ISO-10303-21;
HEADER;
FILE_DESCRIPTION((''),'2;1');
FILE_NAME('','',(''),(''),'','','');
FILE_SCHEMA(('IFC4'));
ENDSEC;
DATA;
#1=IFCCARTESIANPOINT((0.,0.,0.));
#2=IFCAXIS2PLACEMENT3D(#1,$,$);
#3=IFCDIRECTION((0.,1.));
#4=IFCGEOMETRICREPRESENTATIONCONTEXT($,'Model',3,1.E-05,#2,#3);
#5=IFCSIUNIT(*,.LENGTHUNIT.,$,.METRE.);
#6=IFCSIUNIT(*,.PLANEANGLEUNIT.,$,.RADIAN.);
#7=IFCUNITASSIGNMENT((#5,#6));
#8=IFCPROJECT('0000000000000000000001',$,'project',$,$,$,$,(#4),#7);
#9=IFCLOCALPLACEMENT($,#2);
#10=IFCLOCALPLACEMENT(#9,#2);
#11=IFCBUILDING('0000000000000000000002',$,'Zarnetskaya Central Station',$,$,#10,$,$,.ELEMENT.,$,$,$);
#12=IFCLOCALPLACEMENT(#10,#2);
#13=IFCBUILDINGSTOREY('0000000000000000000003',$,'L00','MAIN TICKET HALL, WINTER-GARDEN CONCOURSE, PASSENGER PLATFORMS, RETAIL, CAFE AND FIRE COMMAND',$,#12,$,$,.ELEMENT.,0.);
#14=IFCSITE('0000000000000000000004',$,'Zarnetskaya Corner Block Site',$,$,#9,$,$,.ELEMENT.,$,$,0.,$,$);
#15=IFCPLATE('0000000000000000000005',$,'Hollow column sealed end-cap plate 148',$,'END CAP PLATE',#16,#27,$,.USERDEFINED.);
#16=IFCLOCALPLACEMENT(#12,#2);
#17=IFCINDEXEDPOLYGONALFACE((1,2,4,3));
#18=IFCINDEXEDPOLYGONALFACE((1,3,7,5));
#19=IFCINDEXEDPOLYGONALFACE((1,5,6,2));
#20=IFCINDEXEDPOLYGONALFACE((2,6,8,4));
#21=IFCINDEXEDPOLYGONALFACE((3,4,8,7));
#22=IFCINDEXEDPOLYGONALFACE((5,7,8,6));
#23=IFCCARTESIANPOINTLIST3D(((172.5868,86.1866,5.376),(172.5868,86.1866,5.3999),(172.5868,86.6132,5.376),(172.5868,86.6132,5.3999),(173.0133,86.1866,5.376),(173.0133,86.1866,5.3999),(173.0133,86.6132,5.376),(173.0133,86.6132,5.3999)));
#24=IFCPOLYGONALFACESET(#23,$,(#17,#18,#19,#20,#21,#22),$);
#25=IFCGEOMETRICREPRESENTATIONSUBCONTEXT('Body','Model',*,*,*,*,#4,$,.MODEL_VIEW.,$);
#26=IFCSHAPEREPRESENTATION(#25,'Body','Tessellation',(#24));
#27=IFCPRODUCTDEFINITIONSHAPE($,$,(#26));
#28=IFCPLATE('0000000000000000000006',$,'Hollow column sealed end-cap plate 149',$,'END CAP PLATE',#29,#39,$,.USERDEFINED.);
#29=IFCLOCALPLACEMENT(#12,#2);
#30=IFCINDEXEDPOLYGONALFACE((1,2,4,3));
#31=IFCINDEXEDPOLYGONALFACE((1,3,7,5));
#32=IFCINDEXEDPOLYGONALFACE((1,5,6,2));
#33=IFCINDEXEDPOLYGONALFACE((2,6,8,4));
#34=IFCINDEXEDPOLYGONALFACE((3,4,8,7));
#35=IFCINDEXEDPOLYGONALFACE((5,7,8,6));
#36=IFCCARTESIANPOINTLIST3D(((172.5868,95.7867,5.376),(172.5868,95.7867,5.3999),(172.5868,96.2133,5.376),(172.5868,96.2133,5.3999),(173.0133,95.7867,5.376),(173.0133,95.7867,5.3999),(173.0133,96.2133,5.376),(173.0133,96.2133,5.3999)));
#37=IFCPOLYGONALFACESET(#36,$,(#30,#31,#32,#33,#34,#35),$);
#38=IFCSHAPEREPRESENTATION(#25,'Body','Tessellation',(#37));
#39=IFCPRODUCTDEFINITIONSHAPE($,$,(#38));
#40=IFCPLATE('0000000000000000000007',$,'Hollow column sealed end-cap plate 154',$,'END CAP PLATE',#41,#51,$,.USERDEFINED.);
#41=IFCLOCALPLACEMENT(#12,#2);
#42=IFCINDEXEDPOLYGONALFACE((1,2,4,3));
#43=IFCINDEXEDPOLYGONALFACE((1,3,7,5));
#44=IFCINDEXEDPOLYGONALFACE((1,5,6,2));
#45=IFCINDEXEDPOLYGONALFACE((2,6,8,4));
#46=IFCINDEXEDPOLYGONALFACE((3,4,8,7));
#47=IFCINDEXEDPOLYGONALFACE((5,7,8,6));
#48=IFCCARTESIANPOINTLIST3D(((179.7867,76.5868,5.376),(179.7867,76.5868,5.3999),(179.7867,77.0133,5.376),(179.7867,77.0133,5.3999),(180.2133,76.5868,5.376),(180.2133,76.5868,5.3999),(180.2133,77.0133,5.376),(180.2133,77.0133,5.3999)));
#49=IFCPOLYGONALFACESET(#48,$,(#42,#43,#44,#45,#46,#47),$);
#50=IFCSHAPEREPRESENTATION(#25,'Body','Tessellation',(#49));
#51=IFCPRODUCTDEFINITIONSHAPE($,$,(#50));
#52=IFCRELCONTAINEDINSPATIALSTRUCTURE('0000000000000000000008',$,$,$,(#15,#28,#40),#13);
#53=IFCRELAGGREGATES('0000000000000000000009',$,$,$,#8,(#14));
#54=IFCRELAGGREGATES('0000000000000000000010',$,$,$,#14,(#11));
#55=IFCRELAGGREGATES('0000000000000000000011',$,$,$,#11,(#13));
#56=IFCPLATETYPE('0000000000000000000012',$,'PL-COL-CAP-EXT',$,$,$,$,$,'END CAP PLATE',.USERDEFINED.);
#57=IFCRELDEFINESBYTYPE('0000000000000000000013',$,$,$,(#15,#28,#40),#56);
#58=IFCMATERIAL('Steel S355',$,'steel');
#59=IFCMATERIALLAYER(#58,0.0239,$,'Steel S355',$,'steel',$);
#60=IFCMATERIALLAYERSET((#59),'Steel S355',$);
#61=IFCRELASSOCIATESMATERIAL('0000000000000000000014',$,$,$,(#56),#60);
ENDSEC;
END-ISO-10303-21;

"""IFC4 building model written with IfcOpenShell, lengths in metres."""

from ifc_helpers import new_model, si_unit, direction, frame, origin, origin_2d, place, context, subcontext, project, spatial, rectangle, extrude, material, layer, layer_set, type_object, element, save


model = new_model("IFC4")

# Units and contexts
model_context = context("Model", 3, precision=1e-05, world=origin(), true_north=direction((0.0, 1.0)))
body_context = subcontext(model_context, "Body", "Model", "MODEL_VIEW")
ifc_project = project(units=[si_unit("LENGTHUNIT", "METRE"), si_unit("PLANEANGLEUNIT", "RADIAN")], contexts=[model_context])

# Site, building, storey
site_placement = place(None, origin())
site = spatial("IfcSite", under=ifc_project, at=site_placement, Name="Zarnetskaya Corner Block Site", CompositionType="ELEMENT", RefElevation=0.0)
building_placement = place(site_placement, origin())
building = spatial("IfcBuilding", under=site, at=building_placement, Name="Zarnetskaya Central Station", CompositionType="ELEMENT")
storey_placement = place(building_placement, origin())
storey = spatial("IfcBuildingStorey", under=building, at=storey_placement, Name="L00", Description="MAIN TICKET HALL, WINTER-GARDEN CONCOURSE, PASSENGER PLATFORMS, RETAIL, CAFE AND FIRE COMMAND", CompositionType="ELEMENT", Elevation=0.0)

# Shared definitions
ifc_material = material(Name="Steel S355", Category="steel")

# Plates
ifc_layer = layer(ifc_material, 0.0239, Name="Steel S355", Category="steel")
ifc_layer_set = layer_set([ifc_layer], Name="Steel S355")
plate_type = type_object("IfcPlateType", Name="PL-COL-CAP-EXT", ElementType="END CAP PLATE", PredefinedType="USERDEFINED", material=ifc_layer_set)
for number, where, z_axis, x_axis, name in (
    (1, (172.8, 86.3999, 5.376), (0.0, 0.0, 1.0), (1.0, 0.0, 0.0), "Hollow column sealed end-cap plate 148"),
    (2, (172.8, 96.0, 5.376), (0.0, 0.0, 1.0), (1.0, 0.0, 0.0), "Hollow column sealed end-cap plate 149"),
    (3, (180.0, 76.8, 5.376), (0.0, 0.0, 1.0), (1.0, 0.0, 0.0), "Hollow column sealed end-cap plate 154"),
):
    element("IfcPlate", number, at=place(storey_placement, frame(where, z_axis=z_axis, x_axis=x_axis)), inside=storey, type_object=plate_type, Name=name, ObjectType="END CAP PLATE", PredefinedType="USERDEFINED", context=body_context, shape_type="SweptSolid", body=[
        extrude(rectangle(XDim=0.4265, YDim=0.4265, at=origin_2d()), origin(), (0.0, 0.0, 1.0), 0.0239),
    ])

save(model, "model.ifc")
